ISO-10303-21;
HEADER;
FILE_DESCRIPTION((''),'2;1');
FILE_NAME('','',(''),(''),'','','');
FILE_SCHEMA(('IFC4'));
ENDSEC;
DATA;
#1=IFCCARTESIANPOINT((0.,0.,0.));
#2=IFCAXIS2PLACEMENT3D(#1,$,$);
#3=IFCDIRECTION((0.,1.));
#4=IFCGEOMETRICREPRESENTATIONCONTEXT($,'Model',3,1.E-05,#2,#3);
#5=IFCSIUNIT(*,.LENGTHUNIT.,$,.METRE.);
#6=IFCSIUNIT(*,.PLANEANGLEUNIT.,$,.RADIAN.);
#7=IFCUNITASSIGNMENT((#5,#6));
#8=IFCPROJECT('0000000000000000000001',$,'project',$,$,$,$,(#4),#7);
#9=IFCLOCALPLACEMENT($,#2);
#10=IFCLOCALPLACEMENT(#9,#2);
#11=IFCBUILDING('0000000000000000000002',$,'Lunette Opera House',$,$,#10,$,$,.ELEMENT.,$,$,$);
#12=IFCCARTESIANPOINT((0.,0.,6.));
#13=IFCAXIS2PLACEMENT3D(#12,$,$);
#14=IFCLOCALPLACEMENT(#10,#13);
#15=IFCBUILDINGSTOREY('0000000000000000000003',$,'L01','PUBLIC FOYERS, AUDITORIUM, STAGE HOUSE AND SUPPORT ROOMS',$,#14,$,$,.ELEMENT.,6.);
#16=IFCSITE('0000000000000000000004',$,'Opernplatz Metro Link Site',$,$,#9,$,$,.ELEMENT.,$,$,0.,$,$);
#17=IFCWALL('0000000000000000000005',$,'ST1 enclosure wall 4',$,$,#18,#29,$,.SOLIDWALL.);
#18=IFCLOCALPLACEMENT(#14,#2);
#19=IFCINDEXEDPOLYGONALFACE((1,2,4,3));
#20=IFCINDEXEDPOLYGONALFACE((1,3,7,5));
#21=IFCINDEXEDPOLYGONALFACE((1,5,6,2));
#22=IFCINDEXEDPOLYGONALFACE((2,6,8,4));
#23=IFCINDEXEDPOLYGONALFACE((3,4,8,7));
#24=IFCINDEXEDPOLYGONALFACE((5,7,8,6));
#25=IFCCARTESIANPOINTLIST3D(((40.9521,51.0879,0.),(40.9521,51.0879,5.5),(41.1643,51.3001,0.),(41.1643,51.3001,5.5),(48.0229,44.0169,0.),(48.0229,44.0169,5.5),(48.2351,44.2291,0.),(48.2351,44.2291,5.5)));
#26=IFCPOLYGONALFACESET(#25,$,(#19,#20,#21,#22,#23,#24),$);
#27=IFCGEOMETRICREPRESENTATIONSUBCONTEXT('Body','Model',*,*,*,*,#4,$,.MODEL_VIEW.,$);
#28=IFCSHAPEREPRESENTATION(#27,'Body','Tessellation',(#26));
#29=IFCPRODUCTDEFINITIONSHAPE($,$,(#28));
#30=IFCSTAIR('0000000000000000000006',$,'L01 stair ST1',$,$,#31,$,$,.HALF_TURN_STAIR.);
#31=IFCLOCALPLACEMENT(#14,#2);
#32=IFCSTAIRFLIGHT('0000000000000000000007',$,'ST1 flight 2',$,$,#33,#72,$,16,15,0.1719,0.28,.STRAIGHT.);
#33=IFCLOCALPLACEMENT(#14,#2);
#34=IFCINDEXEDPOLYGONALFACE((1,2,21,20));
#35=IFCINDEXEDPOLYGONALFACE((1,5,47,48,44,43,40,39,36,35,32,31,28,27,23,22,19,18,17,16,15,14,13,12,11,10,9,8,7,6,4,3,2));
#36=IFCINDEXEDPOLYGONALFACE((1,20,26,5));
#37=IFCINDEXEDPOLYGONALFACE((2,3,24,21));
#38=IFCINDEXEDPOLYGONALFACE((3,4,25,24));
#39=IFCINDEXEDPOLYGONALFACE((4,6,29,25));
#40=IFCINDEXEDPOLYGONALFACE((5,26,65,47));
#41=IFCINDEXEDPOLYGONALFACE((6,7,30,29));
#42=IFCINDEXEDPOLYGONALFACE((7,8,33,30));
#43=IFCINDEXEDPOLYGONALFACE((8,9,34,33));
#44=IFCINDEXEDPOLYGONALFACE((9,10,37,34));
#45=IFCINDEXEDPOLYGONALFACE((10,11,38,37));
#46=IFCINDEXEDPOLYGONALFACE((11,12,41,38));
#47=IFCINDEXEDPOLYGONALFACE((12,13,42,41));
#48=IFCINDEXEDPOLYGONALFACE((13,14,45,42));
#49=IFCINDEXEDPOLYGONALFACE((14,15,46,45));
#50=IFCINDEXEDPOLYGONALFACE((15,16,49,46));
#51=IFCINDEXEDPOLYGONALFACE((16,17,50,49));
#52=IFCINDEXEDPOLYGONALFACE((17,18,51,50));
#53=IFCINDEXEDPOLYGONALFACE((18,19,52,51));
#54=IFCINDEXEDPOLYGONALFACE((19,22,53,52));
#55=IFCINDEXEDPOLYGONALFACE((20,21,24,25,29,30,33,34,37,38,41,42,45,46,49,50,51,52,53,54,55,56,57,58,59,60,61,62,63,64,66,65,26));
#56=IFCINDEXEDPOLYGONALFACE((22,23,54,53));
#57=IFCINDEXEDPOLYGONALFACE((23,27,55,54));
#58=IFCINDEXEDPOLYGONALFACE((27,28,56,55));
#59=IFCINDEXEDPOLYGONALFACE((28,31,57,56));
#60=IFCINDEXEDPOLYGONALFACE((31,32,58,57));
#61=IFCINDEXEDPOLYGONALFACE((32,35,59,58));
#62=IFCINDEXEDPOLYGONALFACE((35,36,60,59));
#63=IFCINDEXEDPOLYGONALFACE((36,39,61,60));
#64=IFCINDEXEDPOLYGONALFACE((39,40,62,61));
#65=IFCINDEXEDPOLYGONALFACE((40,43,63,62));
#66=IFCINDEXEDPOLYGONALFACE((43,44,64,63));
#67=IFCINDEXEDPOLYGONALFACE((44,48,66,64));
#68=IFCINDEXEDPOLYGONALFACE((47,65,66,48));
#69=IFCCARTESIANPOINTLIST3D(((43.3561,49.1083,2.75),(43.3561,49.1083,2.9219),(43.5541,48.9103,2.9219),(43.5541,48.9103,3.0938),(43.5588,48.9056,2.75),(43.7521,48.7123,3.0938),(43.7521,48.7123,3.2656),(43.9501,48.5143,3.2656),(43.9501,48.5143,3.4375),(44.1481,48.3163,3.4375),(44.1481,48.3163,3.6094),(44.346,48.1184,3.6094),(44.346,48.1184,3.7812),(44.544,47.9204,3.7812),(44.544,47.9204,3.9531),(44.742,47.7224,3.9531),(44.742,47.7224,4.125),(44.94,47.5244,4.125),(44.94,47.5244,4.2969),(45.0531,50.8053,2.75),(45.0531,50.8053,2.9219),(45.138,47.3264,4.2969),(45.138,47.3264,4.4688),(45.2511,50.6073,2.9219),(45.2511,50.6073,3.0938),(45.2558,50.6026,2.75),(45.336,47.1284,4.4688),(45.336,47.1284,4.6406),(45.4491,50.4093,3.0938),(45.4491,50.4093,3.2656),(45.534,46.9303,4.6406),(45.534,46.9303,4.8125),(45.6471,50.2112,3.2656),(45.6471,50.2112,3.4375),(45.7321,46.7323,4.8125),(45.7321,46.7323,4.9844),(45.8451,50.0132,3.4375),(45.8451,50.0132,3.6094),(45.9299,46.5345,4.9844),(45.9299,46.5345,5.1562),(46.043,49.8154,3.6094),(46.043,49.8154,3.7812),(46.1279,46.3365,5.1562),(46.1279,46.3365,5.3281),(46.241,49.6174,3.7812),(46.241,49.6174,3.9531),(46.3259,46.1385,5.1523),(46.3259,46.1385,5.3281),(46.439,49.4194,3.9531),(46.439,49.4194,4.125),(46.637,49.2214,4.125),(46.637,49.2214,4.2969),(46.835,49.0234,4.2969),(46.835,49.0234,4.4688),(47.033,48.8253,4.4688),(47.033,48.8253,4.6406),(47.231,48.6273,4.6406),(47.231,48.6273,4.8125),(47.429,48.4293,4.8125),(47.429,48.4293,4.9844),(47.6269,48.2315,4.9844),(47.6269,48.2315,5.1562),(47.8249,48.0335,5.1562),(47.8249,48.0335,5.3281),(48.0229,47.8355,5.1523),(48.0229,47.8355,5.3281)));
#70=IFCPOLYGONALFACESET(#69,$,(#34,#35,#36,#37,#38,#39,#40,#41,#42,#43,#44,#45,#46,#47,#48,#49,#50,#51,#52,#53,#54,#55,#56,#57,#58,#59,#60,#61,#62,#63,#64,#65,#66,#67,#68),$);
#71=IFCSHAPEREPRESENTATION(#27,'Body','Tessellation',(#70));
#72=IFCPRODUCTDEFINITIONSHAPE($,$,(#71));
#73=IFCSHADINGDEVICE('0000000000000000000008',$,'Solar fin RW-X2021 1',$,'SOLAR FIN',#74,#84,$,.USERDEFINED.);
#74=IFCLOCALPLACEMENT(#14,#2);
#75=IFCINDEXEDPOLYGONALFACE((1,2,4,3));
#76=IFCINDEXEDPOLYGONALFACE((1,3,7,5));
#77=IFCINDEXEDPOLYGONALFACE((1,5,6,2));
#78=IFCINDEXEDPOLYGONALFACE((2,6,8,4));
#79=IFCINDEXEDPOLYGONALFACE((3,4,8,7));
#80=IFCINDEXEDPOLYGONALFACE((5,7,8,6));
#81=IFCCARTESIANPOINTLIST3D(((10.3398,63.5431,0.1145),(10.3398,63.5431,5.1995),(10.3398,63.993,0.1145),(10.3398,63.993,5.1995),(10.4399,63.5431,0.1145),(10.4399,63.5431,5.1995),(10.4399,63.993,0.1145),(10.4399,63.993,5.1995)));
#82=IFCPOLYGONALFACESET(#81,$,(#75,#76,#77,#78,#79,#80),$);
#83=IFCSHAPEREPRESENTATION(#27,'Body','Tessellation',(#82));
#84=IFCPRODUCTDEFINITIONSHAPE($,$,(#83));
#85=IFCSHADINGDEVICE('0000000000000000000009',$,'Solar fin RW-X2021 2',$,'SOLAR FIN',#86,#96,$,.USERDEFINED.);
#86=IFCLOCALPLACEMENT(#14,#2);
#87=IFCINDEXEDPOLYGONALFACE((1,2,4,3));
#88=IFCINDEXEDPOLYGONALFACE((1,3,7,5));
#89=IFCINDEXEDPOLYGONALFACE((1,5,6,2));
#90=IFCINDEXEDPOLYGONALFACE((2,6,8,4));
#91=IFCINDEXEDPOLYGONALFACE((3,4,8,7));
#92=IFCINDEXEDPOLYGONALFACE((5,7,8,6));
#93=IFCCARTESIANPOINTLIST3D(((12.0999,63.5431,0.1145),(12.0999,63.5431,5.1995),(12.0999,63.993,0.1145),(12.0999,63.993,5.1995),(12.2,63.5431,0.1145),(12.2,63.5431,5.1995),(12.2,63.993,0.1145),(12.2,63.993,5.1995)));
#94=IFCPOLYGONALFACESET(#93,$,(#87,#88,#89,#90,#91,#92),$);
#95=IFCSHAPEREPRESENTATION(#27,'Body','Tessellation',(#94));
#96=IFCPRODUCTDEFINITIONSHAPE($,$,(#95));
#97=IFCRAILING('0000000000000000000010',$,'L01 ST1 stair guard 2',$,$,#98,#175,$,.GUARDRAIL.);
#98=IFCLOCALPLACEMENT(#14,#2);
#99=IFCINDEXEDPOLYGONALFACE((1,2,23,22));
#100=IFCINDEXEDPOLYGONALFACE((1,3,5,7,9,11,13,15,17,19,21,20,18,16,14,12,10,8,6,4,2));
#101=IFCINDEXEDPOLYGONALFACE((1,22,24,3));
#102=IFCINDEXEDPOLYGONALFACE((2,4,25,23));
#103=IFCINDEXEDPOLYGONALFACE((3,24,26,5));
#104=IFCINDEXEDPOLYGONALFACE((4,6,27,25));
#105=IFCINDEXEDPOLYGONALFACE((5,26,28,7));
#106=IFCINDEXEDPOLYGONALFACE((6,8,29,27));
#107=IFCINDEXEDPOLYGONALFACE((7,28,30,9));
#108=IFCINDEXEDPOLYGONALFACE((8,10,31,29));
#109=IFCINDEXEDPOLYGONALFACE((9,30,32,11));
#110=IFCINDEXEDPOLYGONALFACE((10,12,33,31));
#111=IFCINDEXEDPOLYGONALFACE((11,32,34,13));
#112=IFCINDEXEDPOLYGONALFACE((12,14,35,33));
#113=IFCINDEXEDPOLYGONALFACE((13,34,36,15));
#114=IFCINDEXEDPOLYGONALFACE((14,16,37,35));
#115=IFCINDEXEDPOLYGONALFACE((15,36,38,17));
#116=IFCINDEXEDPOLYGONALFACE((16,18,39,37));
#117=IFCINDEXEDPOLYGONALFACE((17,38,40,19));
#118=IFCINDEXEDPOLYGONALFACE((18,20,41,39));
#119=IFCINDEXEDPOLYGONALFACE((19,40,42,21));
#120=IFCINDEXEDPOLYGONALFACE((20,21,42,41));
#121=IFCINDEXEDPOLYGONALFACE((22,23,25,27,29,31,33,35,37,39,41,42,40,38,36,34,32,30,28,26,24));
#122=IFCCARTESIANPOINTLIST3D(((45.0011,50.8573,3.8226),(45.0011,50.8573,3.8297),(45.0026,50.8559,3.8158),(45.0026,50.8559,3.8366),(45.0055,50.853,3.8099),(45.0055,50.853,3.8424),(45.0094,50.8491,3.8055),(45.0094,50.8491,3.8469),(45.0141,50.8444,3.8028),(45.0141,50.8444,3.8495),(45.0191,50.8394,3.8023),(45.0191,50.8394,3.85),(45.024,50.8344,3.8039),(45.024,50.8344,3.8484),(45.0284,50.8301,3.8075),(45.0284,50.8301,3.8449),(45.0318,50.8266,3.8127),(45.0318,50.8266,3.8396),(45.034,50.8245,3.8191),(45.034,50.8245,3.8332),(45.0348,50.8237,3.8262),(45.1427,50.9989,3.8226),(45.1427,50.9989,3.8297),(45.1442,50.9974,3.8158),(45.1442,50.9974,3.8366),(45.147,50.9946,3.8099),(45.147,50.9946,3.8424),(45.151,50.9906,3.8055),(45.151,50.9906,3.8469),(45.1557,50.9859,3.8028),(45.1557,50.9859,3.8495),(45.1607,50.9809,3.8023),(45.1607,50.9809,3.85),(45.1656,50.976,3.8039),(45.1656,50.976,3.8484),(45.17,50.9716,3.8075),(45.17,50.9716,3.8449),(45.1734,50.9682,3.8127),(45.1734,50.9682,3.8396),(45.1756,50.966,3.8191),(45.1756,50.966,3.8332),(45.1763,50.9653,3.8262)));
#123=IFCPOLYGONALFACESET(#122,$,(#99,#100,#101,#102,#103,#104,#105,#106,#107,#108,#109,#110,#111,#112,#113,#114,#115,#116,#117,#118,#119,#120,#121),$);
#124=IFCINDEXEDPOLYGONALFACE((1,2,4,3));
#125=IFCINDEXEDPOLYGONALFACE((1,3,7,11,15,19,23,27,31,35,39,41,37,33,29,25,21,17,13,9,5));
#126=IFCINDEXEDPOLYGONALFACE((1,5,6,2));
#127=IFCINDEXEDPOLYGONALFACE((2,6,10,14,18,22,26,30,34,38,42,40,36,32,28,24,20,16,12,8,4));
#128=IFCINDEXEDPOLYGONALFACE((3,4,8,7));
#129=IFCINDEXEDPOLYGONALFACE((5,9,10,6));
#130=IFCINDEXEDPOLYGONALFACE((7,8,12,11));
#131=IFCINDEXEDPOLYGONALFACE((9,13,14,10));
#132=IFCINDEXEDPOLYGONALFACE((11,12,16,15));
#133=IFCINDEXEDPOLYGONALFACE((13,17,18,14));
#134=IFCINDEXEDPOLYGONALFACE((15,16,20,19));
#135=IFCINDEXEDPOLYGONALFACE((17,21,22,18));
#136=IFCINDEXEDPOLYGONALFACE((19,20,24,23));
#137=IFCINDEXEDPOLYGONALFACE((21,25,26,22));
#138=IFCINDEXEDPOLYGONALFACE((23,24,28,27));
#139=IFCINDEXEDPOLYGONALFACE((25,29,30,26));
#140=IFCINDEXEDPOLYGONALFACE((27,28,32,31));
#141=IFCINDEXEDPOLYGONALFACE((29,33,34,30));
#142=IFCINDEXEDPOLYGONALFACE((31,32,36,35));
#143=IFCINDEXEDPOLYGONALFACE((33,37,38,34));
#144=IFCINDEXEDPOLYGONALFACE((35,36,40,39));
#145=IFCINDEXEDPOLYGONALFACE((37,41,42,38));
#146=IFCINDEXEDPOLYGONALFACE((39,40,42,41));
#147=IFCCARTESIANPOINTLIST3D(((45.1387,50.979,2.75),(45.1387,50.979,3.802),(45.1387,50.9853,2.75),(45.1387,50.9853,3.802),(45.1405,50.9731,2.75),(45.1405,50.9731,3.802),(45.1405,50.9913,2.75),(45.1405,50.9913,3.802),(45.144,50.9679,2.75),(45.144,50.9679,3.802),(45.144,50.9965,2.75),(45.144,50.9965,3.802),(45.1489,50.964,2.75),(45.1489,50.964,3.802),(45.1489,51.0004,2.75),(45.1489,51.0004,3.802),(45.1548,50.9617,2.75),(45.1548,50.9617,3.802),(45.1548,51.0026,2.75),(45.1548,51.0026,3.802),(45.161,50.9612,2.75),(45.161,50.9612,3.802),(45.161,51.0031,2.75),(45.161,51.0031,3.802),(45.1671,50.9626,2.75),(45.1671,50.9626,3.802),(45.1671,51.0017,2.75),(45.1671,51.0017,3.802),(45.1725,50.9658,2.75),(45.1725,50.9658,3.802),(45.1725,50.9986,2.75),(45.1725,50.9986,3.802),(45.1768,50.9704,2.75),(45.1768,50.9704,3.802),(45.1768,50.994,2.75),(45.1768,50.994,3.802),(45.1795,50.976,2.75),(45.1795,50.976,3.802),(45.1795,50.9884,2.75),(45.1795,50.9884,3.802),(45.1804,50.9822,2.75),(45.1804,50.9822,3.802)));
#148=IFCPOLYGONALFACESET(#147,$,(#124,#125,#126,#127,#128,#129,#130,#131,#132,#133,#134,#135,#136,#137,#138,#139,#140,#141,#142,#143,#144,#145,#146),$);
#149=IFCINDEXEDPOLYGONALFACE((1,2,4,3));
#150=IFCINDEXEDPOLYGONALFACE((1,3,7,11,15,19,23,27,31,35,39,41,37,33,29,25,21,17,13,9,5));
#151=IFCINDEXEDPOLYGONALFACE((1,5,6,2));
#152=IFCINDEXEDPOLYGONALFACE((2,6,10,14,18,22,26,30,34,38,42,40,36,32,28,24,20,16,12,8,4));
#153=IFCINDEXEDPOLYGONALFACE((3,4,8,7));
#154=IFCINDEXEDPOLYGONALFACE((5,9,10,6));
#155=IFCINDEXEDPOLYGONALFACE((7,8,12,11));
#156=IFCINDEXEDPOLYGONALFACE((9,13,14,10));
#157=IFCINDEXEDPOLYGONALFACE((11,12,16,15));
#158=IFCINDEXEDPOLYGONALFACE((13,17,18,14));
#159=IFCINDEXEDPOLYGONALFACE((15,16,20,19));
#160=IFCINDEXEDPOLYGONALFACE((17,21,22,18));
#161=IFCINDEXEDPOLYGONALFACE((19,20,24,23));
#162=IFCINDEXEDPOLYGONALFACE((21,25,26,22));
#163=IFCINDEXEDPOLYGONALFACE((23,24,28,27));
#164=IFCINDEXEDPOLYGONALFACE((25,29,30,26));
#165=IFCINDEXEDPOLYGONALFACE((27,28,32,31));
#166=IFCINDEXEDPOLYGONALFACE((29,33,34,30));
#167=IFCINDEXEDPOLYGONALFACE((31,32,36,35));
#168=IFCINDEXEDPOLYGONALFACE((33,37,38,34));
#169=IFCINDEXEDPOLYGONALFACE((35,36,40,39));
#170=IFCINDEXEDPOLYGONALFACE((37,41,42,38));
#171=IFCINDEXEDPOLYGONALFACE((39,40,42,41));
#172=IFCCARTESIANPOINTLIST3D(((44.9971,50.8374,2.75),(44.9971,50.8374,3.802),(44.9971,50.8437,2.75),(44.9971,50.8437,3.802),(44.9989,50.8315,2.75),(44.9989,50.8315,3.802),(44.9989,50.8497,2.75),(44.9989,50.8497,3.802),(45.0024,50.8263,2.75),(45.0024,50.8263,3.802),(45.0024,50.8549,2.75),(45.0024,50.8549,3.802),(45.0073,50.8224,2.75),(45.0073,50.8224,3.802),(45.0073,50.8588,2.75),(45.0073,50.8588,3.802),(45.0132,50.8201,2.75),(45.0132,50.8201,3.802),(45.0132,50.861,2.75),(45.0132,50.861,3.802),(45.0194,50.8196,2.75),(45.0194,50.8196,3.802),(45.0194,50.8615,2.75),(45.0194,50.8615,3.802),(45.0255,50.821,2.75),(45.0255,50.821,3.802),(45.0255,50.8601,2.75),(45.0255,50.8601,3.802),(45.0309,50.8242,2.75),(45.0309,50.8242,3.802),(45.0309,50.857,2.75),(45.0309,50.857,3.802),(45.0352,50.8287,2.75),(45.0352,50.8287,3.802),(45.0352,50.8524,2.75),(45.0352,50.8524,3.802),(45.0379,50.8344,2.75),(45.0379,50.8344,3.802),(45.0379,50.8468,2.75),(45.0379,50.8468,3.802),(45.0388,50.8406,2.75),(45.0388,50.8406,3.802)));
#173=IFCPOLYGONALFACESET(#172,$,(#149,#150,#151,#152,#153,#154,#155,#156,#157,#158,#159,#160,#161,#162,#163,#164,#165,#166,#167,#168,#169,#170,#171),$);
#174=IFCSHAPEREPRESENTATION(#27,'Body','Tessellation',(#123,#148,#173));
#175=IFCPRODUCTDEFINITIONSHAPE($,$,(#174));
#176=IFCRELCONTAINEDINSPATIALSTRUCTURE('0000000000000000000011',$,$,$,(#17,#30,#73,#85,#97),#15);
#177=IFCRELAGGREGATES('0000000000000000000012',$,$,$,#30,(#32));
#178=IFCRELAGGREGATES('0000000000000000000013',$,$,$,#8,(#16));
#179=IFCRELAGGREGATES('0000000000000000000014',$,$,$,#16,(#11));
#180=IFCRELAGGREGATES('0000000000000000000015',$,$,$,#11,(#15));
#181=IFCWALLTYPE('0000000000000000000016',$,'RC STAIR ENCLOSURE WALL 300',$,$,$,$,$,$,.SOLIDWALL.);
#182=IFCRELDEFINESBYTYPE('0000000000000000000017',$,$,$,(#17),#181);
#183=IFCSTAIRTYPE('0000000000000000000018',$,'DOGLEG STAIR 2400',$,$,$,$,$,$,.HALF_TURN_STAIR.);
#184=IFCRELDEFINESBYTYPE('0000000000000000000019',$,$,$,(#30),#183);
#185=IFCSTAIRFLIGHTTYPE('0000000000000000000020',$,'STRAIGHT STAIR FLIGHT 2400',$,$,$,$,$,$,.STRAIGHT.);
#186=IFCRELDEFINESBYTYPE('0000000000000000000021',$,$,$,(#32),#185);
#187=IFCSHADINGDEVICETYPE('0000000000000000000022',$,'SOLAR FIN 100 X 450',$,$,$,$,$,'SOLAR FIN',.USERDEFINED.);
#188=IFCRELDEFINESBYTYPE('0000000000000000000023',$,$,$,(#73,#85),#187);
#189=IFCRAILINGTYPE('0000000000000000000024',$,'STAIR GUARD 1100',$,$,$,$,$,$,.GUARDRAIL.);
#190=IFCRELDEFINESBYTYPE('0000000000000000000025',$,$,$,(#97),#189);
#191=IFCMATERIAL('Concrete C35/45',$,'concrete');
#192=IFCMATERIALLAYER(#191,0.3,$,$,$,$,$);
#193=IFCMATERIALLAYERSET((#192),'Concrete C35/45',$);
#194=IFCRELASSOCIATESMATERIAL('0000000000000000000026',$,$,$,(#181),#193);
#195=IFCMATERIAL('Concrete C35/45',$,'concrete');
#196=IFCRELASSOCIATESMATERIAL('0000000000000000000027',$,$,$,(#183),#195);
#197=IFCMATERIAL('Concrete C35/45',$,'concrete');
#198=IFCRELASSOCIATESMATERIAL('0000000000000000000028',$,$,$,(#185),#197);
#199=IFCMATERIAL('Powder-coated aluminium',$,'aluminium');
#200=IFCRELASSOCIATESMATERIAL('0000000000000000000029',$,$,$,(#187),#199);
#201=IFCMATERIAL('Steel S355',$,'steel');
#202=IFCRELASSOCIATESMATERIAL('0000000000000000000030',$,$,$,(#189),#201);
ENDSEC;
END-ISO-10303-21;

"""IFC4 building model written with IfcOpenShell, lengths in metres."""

from ifc_helpers import new_model, si_unit, direction, frame, frame_2d, origin, origin_2d, place, context, subcontext, project, spatial, polyline, rectangle, circle, outline, extrude, material, layer, layer_set, type_object, element, aggregate, save


model = new_model("IFC4")

# Units and contexts
model_context = context("Model", 3, precision=1e-05, world=origin(), true_north=direction((0.0, 1.0)))
body_context = subcontext(model_context, "Body", "Model", "MODEL_VIEW")
ifc_project = project(units=[si_unit("LENGTHUNIT", "METRE"), si_unit("PLANEANGLEUNIT", "RADIAN")], contexts=[model_context])

# Site, building, storey
site_placement = place(None, origin())
site = spatial("IfcSite", under=ifc_project, at=site_placement, Name="Opernplatz Metro Link Site", CompositionType="ELEMENT", RefElevation=0.0)
building_placement = place(site_placement, origin())
building = spatial("IfcBuilding", under=site, at=building_placement, Name="Lunette Opera House", CompositionType="ELEMENT")
storey_placement = place(building_placement, frame((0.0, 0.0, 6.0)))
storey = spatial("IfcBuildingStorey", under=building, at=storey_placement, Name="L01", Description="PUBLIC FOYERS, AUDITORIUM, STAGE HOUSE AND SUPPORT ROOMS", CompositionType="ELEMENT", Elevation=6.0)

# Shared definitions
ifc_material_1 = material(Name="Concrete C35/45", Category="concrete")
ifc_layer_1 = layer(ifc_material_1, 0.3)
ifc_layer_set_1 = layer_set([ifc_layer_1], Name="Concrete C35/45")
wall_type_1 = type_object("IfcWallType", Name="RC STAIR ENCLOSURE WALL 300", PredefinedType="SOLIDWALL", material=ifc_layer_set_1)

# Wall
wall_1_placement = place(storey_placement, frame((41.0581, 51.1941, 0.0), z_axis=(0.0, 0.0, 1.0), x_axis=(0.707095, -0.707119, 0.0)))
element("IfcWall", 1, at=wall_1_placement, inside=storey, type_object=wall_type_1, Name="ST1 enclosure wall 4", PredefinedType="SOLIDWALL", context=body_context, shape_type="SweptSolid", body=[
    extrude(rectangle(XDim=9.9998, YDim=0.3, at=frame_2d((5.0, 0.0))), origin(), (0.0, 0.0, 1.0), 5.5),
])

# Stair, stair flight
ifc_material_2 = material(Name="Concrete C35/45", Category="concrete")
stair_type = type_object("IfcStairType", Name="DOGLEG STAIR 2400", PredefinedType="HALF_TURN_STAIR", material=ifc_material_2)
stair_placement = place(storey_placement, origin())
stair = element("IfcStair", 2, at=stair_placement, inside=storey, type_object=stair_type, Name="L01 stair ST1", PredefinedType="HALF_TURN_STAIR")
ifc_material_3 = material(Name="Concrete C35/45", Category="concrete")
stair_flight_type = type_object("IfcStairFlightType", Name="STRAIGHT STAIR FLIGHT 2400", PredefinedType="STRAIGHT", material=ifc_material_3)
stair_flight_placement = place(storey_placement, frame((44.2046, 49.9568, 2.75), z_axis=(0.0, 0.0, 1.0), x_axis=(0.707107, -0.707107, 0.0)))
stair_flight = element("IfcStairFlight", 3, at=stair_flight_placement, type_object=stair_flight_type, Name="ST1 flight 2", NumberOfRisers=16, NumberOfTreads=15, PredefinedType="STRAIGHT", RiserHeight=0.1719, TreadLength=0.28, context=body_context, shape_type="SweptSolid", body=[
    extrude(outline(polyline([(0.0, 0.0), (0.0, 0.1719), (0.28, 0.1719), (0.28, 0.3438), (0.5601, 0.3438), (0.5601, 0.5156), (0.8401, 0.5156), (0.8401, 0.6875), (1.1201, 0.6875), (1.1201, 0.8594), (1.3999, 0.8594), (1.3999, 1.0312), (1.6799, 1.0312), (1.6799, 1.2031), (1.96, 1.2031), (1.96, 1.375), (2.24, 1.375), (2.24, 1.5469), (2.52, 1.5469), (2.52, 1.7188), (2.8, 1.7188), (2.8, 1.8906), (3.0801, 1.8906), (3.0801, 2.0625), (3.3601, 2.0625), (3.3601, 2.2344), (3.6399, 2.2344), (3.6399, 2.4062), (3.9199, 2.4062), (3.9199, 2.5781), (4.2, 2.5781), (4.2, 2.75), (4.2, 2.4023), (0.2866, 0.0), (0.0, 0.0)])), frame((0.0, 1.2, 0.0), z_axis=(0.0, -1.0, 0.0), x_axis=(1.0, 0.0, 0.0)), (0.0, 0.0, 1.0), 2.3999),
])
aggregate(stair, [stair_flight])

# Shading devices
ifc_material_4 = material(Name="Powder-coated aluminium", Category="aluminium")
shading_device_type = type_object("IfcShadingDeviceType", Name="SOLAR FIN 100 X 450", ElementType="SOLAR FIN", PredefinedType="USERDEFINED", material=ifc_material_4)
for number, where, z_axis, x_axis, name in (
    (4, (10.3899, 63.7681, 0.1145), (0.0, 0.0, 1.0), (0.0, -1.0, 0.0), "Solar fin RW-X2021 1"),
    (5, (12.1499, 63.7681, 0.1145), (0.0, 0.0, 1.0), (0.0, -1.0, 0.0), "Solar fin RW-X2021 2"),
):
    element("IfcShadingDevice", number, at=place(storey_placement, frame(where, z_axis=z_axis, x_axis=x_axis)), inside=storey, type_object=shading_device_type, Name=name, ObjectType="SOLAR FIN", PredefinedType="USERDEFINED", context=body_context, shape_type="SweptSolid", body=[
        extrude(rectangle(XDim=0.45, YDim=0.1001, at=origin_2d()), origin(), (0.0, 0.0, 1.0), 5.085),
    ])

# Railing
ifc_material_5 = material(Name="Steel S355", Category="steel")
railing_type_1 = type_object("IfcRailingType", Name="STAIR GUARD 1100", PredefinedType="GUARDRAIL", material=ifc_material_5)
railing_1_placement = place(storey_placement, frame((45.1594, 50.9822, 2.75)))
element("IfcRailing", 6, at=railing_1_placement, inside=storey, type_object=railing_type_1, Name="L01 ST1 stair guard 2", PredefinedType="GUARDRAIL", context=body_context, shape_type="SweptSolid", body=[
    extrude(circle(Radius=0.0239, at=origin_2d()), frame((0.0, 0.0, 1.0762), z_axis=(-0.707107, -0.707107, 0.0), x_axis=(0.707107, -0.707107, 0.0)), (0.0, 0.0, 1.0), 0.2002),
    extrude(circle(Radius=0.021, at=origin_2d()), origin(), (0.0, 0.0, 1.0), 1.052),
    extrude(circle(Radius=0.021, at=origin_2d()), frame((-0.1416, -0.1416, 0.0)), (0.0, 0.0, 1.0), 1.052),
])

save(model, "model.ifc")
